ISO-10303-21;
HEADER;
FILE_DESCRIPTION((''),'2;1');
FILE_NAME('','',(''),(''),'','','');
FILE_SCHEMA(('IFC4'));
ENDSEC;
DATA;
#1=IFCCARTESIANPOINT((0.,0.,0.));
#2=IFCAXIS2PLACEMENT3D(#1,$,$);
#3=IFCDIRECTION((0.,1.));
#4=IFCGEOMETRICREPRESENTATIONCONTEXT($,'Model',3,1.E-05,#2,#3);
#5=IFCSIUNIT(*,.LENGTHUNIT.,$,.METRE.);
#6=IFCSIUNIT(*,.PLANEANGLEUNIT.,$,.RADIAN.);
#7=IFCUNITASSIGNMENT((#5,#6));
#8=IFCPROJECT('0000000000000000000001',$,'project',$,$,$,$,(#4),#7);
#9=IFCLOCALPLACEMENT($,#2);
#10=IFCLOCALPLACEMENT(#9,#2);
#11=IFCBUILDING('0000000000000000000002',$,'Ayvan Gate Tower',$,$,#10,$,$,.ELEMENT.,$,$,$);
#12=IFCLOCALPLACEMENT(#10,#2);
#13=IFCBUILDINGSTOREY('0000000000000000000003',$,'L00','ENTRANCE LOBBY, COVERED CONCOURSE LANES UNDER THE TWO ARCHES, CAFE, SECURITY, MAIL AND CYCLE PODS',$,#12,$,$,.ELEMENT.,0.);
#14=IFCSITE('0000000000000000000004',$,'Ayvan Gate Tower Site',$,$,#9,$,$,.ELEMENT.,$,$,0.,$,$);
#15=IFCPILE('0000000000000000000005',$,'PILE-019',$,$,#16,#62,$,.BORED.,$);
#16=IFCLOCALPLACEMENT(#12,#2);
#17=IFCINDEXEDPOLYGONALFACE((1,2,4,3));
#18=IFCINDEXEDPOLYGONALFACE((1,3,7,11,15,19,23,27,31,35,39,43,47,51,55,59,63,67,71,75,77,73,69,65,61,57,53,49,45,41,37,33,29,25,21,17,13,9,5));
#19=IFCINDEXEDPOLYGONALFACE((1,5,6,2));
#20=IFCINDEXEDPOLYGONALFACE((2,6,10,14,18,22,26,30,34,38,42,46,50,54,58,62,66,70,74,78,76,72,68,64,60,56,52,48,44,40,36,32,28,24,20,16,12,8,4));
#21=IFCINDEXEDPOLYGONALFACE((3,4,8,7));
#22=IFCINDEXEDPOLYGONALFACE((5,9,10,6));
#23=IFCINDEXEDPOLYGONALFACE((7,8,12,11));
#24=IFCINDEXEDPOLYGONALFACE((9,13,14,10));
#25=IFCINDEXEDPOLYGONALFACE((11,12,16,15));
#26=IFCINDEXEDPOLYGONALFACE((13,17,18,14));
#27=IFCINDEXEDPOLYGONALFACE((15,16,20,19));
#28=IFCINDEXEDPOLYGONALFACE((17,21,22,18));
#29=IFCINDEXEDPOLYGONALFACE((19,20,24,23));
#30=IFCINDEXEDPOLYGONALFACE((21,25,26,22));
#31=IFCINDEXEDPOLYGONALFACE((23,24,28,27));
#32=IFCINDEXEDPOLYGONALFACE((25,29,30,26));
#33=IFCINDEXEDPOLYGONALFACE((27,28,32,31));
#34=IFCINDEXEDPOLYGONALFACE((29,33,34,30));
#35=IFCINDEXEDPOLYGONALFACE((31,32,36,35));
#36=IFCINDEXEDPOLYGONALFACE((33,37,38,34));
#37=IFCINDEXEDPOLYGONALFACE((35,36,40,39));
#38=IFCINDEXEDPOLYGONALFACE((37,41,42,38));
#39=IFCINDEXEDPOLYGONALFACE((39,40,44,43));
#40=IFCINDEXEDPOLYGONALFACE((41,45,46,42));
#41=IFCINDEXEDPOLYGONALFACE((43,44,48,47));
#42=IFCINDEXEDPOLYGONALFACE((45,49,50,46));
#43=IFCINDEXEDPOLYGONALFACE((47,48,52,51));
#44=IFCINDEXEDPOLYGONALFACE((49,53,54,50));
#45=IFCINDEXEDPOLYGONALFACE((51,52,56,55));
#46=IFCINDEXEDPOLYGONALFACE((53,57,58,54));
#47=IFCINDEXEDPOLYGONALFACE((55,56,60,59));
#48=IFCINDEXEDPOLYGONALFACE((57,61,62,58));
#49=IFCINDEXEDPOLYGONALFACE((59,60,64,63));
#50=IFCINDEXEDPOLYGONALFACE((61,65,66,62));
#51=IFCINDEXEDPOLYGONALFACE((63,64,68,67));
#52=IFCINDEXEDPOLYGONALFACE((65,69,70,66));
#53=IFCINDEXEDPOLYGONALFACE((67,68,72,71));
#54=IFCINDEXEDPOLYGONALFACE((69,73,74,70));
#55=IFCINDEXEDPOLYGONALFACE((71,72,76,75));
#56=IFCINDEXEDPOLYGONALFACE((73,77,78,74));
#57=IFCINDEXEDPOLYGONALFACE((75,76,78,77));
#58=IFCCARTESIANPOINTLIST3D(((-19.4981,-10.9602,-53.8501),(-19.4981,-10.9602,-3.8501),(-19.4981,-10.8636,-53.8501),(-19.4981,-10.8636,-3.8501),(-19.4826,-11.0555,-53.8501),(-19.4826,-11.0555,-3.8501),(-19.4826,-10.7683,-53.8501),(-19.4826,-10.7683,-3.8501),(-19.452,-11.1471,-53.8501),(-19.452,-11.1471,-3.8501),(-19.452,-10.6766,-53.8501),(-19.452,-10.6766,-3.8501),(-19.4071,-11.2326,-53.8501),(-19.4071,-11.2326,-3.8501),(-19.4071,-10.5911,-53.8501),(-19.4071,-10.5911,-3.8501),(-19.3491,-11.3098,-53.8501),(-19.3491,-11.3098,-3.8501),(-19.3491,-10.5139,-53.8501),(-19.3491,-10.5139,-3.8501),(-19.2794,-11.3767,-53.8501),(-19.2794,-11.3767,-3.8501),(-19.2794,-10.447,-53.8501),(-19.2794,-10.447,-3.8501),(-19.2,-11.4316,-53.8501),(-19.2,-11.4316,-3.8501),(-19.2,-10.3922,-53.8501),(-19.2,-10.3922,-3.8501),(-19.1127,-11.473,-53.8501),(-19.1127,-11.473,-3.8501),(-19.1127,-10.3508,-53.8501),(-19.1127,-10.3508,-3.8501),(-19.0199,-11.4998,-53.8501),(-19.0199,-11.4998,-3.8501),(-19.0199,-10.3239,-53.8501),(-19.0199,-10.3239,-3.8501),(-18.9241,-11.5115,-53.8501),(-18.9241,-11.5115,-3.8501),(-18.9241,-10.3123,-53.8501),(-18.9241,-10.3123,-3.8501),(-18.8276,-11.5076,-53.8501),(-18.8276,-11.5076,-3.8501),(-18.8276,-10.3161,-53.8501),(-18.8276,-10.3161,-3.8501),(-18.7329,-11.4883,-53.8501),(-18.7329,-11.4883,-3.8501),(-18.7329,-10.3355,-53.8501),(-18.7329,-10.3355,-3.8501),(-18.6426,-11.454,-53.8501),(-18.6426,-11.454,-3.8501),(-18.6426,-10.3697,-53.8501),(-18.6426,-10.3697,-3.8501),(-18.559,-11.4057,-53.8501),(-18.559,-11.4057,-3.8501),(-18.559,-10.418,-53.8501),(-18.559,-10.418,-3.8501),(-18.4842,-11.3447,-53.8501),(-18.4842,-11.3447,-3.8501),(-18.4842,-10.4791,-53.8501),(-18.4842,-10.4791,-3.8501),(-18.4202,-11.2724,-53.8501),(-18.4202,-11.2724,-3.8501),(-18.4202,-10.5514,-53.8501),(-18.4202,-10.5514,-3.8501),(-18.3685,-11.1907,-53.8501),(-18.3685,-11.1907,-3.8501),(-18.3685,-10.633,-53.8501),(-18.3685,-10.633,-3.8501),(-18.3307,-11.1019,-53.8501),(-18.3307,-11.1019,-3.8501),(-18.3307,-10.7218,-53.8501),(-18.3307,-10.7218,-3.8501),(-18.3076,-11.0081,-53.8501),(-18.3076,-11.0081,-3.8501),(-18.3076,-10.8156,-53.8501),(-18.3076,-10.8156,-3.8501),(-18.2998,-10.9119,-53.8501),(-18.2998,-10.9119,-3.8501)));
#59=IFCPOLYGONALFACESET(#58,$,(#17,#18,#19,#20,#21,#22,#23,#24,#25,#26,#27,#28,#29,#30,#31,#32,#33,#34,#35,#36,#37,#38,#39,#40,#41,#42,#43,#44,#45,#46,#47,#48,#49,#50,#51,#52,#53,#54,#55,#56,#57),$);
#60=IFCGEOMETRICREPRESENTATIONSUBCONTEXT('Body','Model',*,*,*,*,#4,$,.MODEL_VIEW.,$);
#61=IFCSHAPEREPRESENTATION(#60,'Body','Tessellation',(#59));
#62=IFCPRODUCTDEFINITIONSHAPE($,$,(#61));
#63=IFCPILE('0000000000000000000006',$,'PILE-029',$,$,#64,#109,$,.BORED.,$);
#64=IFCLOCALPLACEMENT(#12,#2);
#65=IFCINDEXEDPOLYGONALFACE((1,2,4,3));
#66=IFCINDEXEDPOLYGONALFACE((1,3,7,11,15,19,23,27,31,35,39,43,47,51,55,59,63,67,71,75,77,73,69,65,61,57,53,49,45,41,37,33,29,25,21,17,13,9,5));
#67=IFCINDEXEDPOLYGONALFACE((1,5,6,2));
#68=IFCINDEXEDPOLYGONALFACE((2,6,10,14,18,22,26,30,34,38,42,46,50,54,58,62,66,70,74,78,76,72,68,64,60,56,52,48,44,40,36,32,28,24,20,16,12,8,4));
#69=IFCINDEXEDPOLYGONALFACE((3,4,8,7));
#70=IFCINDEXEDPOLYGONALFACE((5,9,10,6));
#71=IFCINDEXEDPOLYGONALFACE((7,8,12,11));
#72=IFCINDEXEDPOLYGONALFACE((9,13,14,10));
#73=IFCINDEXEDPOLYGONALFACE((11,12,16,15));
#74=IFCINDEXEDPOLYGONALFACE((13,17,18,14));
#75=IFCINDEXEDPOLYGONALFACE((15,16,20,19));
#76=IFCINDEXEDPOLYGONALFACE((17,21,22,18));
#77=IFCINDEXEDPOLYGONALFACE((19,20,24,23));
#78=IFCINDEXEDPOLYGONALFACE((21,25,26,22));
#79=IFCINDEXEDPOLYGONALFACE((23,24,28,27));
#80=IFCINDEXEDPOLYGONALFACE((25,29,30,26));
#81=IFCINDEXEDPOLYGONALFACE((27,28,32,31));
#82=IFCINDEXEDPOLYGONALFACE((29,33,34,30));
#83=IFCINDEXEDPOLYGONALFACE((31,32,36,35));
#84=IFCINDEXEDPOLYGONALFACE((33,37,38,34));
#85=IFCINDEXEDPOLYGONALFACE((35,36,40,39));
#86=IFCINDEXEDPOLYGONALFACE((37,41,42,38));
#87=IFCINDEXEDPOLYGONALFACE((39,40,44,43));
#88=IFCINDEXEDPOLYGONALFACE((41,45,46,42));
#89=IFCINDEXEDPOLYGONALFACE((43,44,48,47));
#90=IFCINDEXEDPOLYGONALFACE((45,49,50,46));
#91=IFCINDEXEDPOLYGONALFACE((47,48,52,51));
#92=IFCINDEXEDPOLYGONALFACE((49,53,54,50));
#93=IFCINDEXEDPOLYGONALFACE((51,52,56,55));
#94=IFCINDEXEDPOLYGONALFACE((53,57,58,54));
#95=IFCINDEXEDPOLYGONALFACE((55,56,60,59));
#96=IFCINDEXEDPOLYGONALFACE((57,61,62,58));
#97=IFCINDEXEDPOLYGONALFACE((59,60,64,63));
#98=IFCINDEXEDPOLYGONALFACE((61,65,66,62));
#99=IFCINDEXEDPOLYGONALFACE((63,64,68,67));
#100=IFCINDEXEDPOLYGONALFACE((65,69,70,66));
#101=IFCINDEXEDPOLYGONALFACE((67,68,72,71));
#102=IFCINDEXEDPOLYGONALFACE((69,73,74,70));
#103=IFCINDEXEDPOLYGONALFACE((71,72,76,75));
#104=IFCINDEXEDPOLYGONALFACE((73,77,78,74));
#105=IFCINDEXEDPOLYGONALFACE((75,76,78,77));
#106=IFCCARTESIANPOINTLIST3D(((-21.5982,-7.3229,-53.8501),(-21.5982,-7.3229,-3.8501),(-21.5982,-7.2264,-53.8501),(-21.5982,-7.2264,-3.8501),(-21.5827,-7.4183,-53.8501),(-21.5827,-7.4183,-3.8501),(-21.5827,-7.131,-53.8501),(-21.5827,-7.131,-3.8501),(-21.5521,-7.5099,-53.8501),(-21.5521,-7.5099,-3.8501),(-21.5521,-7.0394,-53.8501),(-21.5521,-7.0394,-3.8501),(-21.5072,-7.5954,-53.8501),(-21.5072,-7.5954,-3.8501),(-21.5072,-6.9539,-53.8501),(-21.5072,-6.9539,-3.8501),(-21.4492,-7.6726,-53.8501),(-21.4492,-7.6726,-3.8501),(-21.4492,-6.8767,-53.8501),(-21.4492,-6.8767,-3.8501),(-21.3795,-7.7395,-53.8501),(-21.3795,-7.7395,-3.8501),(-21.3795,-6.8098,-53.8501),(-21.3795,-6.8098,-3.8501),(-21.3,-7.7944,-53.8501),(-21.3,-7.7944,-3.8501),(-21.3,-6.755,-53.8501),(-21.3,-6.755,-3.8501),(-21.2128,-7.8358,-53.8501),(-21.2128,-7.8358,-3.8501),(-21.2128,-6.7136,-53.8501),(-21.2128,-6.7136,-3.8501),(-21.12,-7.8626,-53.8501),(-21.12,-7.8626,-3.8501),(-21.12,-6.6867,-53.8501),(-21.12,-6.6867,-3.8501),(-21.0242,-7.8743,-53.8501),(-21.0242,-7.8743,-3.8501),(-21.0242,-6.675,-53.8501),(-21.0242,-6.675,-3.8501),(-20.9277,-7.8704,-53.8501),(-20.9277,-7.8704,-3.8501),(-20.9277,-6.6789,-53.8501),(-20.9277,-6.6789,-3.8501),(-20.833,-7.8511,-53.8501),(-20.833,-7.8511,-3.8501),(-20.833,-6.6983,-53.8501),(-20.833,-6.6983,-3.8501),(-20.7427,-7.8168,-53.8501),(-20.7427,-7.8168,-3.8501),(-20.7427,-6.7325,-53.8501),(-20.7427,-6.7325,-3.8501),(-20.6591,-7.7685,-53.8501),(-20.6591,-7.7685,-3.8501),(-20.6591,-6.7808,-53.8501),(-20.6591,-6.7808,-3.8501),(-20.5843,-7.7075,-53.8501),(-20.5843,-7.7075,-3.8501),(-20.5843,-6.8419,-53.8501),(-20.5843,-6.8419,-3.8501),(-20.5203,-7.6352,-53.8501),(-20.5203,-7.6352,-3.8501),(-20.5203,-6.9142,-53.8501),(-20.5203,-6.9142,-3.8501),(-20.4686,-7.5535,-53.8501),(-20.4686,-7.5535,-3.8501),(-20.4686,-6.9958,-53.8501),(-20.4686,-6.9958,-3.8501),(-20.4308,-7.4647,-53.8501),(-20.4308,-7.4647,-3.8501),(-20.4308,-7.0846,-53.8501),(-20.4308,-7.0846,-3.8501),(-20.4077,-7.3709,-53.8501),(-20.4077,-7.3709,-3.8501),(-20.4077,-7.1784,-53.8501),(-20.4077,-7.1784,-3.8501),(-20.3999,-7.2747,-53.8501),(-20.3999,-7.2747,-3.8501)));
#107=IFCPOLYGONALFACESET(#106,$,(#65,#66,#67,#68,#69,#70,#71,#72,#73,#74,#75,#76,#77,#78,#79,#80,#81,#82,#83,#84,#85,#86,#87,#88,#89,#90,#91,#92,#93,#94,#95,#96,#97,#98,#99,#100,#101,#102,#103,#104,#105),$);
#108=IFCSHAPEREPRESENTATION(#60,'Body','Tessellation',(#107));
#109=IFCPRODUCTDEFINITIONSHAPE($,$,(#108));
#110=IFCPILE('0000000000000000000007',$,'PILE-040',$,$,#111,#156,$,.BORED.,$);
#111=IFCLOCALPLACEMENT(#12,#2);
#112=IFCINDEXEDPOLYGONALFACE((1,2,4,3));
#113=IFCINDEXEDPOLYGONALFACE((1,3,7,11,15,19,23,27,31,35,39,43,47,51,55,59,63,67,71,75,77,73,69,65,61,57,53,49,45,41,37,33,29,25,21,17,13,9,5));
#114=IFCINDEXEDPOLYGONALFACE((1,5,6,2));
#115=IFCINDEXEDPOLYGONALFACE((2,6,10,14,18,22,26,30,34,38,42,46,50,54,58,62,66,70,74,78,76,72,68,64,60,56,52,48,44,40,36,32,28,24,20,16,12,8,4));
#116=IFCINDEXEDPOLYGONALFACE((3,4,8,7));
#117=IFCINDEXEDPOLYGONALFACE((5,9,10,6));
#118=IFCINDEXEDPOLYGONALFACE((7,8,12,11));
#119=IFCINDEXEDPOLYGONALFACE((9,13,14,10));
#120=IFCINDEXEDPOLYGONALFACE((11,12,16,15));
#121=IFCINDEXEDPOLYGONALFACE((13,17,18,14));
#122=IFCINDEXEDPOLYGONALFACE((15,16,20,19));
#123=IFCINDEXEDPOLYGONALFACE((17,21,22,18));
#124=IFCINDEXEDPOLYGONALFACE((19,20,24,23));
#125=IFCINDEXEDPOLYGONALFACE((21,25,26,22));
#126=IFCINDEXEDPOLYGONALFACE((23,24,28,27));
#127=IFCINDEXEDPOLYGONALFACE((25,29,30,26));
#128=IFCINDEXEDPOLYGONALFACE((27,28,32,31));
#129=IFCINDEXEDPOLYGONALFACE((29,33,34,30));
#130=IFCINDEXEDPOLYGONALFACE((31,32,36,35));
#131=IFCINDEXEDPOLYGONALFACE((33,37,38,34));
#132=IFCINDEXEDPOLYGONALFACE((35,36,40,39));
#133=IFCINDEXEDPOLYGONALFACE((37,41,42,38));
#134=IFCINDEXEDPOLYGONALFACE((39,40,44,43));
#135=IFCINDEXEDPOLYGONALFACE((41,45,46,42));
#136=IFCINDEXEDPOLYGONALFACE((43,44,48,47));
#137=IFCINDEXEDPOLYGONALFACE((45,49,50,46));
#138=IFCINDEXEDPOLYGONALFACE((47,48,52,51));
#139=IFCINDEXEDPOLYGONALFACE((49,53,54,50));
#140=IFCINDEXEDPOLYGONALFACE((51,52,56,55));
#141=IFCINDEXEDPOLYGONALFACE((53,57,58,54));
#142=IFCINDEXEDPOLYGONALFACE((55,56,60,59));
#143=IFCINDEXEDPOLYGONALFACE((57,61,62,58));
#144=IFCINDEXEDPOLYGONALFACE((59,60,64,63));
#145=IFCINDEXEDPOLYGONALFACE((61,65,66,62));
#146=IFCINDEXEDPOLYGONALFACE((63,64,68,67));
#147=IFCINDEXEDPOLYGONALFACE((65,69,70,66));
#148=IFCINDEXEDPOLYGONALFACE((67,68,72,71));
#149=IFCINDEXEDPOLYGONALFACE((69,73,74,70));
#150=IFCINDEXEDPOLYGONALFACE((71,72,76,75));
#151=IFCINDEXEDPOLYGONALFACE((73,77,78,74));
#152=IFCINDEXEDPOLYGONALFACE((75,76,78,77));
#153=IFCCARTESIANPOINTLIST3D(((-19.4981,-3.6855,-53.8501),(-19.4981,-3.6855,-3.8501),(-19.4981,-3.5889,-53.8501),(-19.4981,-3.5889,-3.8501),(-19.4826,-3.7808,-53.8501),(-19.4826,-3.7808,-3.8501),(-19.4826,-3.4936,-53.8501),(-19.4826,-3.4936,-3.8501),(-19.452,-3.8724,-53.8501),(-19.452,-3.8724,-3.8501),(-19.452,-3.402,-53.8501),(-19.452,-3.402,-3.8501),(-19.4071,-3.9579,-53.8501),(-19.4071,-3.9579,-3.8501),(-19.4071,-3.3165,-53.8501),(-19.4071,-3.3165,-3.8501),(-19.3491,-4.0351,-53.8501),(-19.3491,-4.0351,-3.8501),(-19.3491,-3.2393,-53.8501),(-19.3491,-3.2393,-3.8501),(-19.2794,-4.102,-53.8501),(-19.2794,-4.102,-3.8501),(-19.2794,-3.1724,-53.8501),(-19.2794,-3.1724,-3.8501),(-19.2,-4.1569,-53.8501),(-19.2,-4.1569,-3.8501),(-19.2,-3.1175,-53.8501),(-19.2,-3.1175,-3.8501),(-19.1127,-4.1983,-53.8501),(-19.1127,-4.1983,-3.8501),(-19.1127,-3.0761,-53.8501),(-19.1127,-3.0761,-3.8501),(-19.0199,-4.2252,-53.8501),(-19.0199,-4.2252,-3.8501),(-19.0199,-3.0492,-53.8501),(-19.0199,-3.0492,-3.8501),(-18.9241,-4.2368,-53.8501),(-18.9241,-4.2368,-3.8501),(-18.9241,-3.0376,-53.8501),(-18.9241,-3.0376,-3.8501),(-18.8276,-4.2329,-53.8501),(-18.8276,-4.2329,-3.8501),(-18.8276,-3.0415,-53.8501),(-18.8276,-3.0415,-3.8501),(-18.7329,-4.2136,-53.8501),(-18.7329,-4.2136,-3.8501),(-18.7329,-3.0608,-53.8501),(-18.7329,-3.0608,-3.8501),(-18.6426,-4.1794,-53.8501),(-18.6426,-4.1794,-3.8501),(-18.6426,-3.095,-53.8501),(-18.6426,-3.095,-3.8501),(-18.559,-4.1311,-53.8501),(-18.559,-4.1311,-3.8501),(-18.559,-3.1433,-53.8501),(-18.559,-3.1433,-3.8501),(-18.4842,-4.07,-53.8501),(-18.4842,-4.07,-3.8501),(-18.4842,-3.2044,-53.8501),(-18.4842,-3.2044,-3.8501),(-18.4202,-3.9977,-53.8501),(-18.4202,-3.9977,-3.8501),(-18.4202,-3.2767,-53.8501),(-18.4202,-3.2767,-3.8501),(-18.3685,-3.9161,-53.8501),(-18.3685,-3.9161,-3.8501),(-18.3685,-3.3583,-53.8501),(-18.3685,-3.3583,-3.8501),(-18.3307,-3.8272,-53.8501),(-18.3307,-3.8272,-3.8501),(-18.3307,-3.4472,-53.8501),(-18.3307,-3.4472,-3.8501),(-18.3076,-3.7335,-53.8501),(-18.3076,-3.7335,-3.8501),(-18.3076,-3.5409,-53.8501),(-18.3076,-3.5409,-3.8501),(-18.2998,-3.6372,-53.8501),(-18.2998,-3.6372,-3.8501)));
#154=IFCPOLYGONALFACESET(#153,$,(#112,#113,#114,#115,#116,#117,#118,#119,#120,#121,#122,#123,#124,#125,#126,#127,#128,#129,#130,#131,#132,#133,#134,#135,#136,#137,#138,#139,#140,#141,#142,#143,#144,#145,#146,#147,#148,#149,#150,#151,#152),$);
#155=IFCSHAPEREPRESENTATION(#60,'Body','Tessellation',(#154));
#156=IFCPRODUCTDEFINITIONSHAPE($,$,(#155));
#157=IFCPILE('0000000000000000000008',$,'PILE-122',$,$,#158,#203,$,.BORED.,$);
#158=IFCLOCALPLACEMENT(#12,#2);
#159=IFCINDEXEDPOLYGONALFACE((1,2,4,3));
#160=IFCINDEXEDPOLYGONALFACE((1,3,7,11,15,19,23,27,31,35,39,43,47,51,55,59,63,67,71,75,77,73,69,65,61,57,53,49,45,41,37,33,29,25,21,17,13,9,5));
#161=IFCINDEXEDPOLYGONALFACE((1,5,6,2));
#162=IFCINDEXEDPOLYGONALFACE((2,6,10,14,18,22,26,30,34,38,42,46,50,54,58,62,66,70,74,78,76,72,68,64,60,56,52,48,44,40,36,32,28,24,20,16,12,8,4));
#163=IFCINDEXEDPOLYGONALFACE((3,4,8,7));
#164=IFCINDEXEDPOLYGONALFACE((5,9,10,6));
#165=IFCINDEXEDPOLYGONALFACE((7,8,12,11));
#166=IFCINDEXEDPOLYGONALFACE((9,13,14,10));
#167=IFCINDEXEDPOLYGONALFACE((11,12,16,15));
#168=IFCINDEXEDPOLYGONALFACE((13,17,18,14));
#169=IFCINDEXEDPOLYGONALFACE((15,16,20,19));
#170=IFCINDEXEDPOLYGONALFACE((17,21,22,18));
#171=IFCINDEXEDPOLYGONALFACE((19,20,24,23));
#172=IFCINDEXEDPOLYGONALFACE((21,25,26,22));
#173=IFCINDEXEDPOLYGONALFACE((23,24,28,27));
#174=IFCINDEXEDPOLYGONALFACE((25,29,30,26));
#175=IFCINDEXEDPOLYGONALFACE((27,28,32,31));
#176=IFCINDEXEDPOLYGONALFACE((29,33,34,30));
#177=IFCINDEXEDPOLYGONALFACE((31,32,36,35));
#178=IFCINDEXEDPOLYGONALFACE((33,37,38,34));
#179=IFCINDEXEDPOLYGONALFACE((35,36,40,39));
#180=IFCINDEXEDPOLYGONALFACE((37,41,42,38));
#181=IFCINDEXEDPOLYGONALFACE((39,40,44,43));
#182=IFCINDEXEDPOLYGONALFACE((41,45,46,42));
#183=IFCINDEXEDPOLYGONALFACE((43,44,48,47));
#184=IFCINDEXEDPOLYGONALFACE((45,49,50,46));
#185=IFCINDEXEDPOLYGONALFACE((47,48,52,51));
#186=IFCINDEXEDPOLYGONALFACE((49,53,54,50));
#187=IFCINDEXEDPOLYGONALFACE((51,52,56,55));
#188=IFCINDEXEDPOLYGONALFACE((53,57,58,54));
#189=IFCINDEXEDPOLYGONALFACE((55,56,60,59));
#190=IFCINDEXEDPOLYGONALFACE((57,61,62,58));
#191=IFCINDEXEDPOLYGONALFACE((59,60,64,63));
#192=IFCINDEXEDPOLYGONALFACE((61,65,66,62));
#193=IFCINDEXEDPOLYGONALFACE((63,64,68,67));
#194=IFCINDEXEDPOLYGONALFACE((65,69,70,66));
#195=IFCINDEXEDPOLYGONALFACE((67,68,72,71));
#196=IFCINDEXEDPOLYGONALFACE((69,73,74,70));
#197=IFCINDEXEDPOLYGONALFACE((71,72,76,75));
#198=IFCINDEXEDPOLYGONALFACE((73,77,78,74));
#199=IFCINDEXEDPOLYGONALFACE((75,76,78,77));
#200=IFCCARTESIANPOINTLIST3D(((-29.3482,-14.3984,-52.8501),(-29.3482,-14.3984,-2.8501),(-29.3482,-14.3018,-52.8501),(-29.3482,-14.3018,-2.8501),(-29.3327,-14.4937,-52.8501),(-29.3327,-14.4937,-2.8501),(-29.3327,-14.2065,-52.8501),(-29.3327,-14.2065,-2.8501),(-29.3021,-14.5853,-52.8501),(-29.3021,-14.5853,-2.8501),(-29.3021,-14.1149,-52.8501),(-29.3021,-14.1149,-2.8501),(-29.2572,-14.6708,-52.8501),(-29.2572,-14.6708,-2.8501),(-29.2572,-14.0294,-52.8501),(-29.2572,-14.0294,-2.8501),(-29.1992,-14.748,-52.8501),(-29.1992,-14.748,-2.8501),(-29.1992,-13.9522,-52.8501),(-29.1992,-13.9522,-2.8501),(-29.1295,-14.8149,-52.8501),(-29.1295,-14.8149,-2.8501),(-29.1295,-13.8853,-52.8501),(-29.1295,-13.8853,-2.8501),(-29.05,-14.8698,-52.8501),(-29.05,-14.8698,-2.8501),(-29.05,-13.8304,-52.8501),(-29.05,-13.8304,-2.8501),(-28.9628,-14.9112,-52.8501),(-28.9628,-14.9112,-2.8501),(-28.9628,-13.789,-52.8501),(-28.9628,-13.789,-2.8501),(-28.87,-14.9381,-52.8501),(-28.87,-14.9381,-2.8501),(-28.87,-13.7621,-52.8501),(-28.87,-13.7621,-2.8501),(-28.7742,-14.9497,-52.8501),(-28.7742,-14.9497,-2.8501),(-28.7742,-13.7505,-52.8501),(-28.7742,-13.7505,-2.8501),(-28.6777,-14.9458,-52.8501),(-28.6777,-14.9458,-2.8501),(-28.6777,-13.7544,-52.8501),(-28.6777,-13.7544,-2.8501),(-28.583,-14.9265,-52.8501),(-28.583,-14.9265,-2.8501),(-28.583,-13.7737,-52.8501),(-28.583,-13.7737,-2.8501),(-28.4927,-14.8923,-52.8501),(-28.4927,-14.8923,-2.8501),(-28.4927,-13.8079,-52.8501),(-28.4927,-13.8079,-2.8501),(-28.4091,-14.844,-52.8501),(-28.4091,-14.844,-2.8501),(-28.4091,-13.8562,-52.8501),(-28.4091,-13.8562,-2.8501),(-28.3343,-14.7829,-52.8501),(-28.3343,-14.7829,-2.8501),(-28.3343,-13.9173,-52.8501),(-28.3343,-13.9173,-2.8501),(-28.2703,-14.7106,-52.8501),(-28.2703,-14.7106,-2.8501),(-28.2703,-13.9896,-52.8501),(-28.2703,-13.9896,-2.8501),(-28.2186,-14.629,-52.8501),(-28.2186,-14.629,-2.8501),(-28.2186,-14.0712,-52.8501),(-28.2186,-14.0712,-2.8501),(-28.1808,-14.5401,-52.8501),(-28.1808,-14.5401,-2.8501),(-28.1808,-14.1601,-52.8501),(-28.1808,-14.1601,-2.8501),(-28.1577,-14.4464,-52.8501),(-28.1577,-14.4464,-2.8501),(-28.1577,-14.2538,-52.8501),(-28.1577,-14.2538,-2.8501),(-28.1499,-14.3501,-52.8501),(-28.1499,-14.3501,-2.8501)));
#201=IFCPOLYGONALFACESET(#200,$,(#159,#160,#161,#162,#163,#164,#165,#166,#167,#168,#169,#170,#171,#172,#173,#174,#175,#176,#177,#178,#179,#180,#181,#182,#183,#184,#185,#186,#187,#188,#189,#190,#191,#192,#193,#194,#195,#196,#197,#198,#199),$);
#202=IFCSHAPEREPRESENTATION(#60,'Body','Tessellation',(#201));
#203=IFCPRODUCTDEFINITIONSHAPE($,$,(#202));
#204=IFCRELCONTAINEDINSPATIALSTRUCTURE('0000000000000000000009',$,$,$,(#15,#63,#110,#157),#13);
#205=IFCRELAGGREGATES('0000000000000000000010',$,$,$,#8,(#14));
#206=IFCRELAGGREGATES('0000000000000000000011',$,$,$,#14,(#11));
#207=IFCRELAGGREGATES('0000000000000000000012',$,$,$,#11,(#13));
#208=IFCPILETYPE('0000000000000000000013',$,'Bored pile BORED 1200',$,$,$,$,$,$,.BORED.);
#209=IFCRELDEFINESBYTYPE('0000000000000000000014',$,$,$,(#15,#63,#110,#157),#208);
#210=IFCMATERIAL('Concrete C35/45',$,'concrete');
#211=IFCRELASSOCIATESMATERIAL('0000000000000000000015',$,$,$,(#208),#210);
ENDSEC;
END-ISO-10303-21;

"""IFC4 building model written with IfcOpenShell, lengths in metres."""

from ifc_helpers import new_model, si_unit, direction, frame, origin, origin_2d, place, context, subcontext, project, spatial, circle, extrude, material, material_profile, profile_set, type_object, element, save


model = new_model("IFC4")

# Units and contexts
model_context = context("Model", 3, precision=1e-05, world=origin(), true_north=direction((0.0, 1.0)))
body_context = subcontext(model_context, "Body", "Model", "MODEL_VIEW")
ifc_project = project(units=[si_unit("LENGTHUNIT", "METRE"), si_unit("PLANEANGLEUNIT", "RADIAN")], contexts=[model_context])

# Site, building, storey
site_placement = place(None, origin())
site = spatial("IfcSite", under=ifc_project, at=site_placement, Name="Ayvan Gate Tower Site", CompositionType="ELEMENT", RefElevation=0.0)
building_placement = place(site_placement, origin())
building = spatial("IfcBuilding", under=site, at=building_placement, Name="Ayvan Gate Tower", CompositionType="ELEMENT")
storey_placement = place(building_placement, origin())
storey = spatial("IfcBuildingStorey", under=building, at=storey_placement, Name="L00", Description="ENTRANCE LOBBY, COVERED CONCOURSE LANES UNDER THE TWO ARCHES, CAFE, SECURITY, MAIL AND CYCLE PODS", CompositionType="ELEMENT", Elevation=0.0)

# Piles
ifc_material_1 = material(Name="Concrete C35/45", Category="concrete")
ifc_material_profile_1 = material_profile(ifc_material_1, circle(Radius=0.6001, at=origin_2d()), Name="BORED 1200")
ifc_profile_set_1 = profile_set([ifc_material_profile_1], Name="Concrete C35/45")
pile_type = type_object("IfcPileType", Name="Bored pile BORED 1200", PredefinedType="BORED", material=ifc_profile_set_1)
for number, where, z_axis, x_axis, name in (
    (1, (-18.8999, -10.9119, -3.8501), (0.0, 0.0, -1.0), (1.0, 0.0, 0.0), "PILE-019"),
    (2, (-21.0, -7.2747, -3.8501), (0.0, 0.0, -1.0), (1.0, 0.0, 0.0), "PILE-029"),
    (3, (-18.8999, -3.6372, -3.8501), (0.0, 0.0, -1.0), (1.0, 0.0, 0.0), "PILE-040"),
    (4, (-28.75, -14.3501, -2.8501), (0.0, 0.0, -1.0), (1.0, 0.0, 0.0), "PILE-122"),
):
    element("IfcPile", number, at=place(storey_placement, frame(where, z_axis=z_axis, x_axis=x_axis)), inside=storey, type_object=pile_type, Name=name, PredefinedType="BORED", context=body_context, shape_type="SweptSolid", body=[
        extrude(circle(Radius=0.6001, at=origin_2d()), origin(), (0.0, 0.0, 1.0), 50.0),
    ])

save(model, "model.ifc")
